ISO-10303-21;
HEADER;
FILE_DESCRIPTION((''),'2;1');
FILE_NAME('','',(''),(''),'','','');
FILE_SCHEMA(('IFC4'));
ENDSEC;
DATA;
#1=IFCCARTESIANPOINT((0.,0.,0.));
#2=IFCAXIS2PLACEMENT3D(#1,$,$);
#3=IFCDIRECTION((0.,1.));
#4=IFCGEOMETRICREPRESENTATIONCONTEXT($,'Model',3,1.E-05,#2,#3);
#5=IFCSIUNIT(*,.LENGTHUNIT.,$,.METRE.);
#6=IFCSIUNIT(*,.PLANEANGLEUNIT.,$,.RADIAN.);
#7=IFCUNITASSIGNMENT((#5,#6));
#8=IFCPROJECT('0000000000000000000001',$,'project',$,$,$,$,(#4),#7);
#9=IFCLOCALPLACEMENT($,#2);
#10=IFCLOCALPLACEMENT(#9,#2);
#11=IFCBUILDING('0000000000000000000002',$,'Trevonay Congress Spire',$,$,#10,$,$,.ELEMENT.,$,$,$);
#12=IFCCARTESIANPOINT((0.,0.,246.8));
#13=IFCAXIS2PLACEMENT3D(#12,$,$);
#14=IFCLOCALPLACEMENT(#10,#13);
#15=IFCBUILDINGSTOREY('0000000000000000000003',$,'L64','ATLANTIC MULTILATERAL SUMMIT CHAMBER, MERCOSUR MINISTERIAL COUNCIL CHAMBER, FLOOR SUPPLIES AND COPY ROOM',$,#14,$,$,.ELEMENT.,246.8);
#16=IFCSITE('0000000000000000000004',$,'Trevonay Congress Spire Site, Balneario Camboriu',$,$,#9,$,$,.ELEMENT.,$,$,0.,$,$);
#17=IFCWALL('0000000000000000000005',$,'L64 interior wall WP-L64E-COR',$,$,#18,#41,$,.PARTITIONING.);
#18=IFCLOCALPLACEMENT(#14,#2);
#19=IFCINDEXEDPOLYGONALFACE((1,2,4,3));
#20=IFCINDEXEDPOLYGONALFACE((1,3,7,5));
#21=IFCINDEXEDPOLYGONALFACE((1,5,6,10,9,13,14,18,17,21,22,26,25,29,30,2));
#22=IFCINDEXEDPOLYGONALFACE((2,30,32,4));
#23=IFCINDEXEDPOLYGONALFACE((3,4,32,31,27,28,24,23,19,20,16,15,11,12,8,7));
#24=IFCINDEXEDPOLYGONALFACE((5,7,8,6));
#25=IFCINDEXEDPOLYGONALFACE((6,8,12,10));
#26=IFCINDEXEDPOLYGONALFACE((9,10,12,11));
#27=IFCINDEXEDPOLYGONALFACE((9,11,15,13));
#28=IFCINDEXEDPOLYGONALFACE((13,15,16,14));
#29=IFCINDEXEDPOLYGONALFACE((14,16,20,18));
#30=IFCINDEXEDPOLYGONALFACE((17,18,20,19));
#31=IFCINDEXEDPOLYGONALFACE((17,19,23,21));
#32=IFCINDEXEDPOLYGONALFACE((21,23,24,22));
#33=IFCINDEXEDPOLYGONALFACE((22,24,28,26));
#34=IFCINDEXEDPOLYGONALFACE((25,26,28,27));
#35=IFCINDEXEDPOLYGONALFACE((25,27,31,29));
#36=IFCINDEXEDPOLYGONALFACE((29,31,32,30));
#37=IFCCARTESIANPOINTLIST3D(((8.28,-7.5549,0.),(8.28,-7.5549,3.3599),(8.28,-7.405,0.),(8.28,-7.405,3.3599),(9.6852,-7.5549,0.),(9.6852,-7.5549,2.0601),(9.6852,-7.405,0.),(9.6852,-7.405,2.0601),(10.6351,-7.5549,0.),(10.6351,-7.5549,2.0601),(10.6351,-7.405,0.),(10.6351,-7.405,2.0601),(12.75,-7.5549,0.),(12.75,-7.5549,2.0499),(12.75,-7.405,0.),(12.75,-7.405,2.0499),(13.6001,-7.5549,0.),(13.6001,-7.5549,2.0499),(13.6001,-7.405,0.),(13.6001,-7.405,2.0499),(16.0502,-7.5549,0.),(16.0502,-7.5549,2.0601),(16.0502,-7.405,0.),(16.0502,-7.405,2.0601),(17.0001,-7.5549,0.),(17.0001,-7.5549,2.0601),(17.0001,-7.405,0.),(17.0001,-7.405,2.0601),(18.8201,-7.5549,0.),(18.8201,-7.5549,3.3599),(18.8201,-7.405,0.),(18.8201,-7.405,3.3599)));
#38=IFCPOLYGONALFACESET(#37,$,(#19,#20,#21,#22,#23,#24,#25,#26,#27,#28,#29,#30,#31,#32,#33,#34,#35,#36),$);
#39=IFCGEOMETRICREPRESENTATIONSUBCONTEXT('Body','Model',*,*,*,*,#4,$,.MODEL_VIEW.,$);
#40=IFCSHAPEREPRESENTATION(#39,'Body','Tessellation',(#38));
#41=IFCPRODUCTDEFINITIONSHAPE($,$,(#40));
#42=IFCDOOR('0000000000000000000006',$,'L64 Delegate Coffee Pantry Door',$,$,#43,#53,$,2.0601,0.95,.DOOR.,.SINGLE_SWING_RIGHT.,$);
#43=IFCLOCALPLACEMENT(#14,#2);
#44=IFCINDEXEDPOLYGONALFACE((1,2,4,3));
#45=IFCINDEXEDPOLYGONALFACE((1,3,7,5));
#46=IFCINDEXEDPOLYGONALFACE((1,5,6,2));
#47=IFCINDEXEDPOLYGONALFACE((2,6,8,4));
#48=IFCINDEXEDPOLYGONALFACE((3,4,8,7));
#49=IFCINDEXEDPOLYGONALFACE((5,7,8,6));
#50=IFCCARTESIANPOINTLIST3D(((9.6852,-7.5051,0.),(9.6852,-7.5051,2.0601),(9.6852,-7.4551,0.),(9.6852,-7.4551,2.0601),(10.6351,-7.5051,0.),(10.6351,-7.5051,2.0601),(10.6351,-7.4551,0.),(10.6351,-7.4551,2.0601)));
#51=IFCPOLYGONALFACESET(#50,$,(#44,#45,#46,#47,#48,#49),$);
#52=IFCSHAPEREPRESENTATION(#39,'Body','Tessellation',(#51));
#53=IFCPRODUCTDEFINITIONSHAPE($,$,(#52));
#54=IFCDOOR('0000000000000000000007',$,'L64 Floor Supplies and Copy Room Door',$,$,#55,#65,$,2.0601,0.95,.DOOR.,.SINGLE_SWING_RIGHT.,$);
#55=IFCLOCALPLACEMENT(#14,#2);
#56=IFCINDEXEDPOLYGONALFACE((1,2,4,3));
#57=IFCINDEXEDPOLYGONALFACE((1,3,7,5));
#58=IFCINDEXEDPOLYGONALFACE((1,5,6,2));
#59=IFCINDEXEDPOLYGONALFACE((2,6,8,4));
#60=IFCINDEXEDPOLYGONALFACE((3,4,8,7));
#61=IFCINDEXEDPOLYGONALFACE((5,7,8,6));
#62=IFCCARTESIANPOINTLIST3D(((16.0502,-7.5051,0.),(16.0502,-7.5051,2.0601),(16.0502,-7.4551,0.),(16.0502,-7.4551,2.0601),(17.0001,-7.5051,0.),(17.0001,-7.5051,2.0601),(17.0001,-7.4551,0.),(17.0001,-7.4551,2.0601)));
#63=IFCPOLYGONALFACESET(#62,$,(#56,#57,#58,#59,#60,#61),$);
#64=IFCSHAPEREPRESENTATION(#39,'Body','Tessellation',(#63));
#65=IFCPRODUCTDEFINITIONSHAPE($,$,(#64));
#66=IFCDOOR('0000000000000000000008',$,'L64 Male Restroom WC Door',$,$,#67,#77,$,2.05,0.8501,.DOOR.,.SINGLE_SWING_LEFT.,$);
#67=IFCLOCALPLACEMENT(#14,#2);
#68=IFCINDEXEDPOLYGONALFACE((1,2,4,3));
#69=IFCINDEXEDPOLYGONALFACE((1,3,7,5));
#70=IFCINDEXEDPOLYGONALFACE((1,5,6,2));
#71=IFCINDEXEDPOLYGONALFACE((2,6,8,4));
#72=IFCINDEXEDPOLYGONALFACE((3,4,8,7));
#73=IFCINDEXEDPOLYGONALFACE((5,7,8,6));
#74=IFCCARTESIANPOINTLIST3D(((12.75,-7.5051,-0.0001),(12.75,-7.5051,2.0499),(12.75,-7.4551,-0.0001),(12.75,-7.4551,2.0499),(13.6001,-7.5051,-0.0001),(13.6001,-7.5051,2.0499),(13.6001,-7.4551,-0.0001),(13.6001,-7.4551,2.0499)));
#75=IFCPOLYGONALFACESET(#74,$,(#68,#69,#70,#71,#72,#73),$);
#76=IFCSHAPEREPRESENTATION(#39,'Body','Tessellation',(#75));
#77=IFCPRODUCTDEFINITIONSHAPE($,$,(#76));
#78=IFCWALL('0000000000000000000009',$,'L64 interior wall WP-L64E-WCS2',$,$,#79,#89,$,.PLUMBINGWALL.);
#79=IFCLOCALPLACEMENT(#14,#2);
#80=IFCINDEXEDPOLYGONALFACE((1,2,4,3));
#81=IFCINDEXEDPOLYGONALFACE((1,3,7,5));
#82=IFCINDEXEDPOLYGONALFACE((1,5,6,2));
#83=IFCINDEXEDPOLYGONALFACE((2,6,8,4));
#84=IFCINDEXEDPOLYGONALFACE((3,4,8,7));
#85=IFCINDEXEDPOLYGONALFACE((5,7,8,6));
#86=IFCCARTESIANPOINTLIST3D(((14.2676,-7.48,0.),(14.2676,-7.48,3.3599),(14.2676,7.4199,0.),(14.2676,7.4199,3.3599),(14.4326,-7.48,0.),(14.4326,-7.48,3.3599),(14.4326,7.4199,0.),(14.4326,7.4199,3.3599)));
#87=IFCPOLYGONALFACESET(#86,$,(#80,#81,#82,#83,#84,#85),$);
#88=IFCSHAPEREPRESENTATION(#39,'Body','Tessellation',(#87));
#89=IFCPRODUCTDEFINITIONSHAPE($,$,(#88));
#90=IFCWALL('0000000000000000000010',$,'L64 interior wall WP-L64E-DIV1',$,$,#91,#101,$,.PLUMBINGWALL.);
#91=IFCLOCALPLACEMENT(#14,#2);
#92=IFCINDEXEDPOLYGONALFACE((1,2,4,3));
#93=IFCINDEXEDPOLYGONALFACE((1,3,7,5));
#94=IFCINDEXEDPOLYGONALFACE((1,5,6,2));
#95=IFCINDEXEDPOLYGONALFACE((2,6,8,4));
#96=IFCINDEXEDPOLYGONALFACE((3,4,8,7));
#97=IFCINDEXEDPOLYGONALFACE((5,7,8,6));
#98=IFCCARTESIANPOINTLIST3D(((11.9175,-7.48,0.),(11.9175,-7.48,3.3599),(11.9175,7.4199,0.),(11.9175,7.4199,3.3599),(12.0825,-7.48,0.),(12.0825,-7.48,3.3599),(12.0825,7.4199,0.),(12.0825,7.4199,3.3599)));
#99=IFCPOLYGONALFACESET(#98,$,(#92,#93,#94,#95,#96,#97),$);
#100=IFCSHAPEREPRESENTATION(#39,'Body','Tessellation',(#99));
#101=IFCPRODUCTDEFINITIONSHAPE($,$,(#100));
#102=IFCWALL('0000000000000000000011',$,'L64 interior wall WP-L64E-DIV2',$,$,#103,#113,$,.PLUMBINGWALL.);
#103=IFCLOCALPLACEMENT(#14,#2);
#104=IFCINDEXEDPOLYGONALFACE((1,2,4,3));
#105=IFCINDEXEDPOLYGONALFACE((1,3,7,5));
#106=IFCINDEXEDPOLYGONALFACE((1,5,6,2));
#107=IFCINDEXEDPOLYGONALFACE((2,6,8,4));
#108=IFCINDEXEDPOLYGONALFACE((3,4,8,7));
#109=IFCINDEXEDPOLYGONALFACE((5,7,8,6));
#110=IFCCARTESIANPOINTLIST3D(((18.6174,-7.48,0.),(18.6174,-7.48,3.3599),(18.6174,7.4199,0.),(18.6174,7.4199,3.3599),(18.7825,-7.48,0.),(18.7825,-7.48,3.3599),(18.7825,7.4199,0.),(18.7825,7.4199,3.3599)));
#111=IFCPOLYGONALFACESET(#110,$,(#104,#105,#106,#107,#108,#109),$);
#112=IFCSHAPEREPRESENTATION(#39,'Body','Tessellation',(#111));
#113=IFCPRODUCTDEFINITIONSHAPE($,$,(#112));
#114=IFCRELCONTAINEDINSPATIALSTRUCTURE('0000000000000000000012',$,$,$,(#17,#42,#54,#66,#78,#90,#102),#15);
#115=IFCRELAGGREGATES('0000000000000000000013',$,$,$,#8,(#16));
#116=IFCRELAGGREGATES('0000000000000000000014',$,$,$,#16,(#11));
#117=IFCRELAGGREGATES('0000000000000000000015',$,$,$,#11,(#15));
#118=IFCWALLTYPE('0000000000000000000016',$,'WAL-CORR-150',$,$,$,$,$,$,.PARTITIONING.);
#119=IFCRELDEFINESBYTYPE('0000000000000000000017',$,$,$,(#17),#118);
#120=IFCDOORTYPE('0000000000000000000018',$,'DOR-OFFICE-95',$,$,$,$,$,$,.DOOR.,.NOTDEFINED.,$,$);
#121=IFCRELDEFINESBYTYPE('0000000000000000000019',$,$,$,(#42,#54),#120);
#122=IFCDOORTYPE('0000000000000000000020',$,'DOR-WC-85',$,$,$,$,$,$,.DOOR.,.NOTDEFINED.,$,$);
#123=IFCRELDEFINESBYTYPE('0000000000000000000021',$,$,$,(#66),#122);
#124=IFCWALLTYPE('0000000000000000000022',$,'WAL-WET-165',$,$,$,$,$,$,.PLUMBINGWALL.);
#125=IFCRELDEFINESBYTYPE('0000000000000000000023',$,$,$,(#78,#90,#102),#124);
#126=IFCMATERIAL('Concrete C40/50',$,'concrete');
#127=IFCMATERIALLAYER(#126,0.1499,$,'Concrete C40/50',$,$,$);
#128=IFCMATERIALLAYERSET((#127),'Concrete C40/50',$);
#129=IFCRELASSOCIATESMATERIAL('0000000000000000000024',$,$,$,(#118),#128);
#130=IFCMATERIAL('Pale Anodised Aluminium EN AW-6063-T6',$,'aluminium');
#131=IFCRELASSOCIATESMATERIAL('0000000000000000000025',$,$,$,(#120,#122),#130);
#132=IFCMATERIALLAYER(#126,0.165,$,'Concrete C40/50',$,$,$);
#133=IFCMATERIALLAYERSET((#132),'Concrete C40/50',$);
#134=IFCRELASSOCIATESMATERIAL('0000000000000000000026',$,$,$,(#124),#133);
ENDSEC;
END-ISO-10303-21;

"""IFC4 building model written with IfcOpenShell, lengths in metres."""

from ifc_helpers import new_model, si_unit, direction, frame, frame_2d, origin, place, context, subcontext, project, spatial, rectangle, extrude, material, layer, layer_set, type_object, element, fill, save


model = new_model("IFC4")

# Units and contexts
model_context = context("Model", 3, precision=1e-05, world=origin(), true_north=direction((0.0, 1.0)))
body_context = subcontext(model_context, "Body", "Model", "MODEL_VIEW")
ifc_project = project(units=[si_unit("LENGTHUNIT", "METRE"), si_unit("PLANEANGLEUNIT", "RADIAN")], contexts=[model_context])

# Site, building, storey
site_placement = place(None, origin())
site = spatial("IfcSite", under=ifc_project, at=site_placement, Name="Trevonay Congress Spire Site, Balneario Camboriu", CompositionType="ELEMENT", RefElevation=0.0)
building_placement = place(site_placement, origin())
building = spatial("IfcBuilding", under=site, at=building_placement, Name="Trevonay Congress Spire", CompositionType="ELEMENT")
storey_placement = place(building_placement, frame((0.0, 0.0, 246.8)))
storey = spatial("IfcBuildingStorey", under=building, at=storey_placement, Name="L64", Description="ATLANTIC MULTILATERAL SUMMIT CHAMBER, MERCOSUR MINISTERIAL COUNCIL CHAMBER, FLOOR SUPPLIES AND COPY ROOM", CompositionType="ELEMENT", Elevation=246.8)

# Shared definitions
ifc_material_1 = material(Name="Pale Anodised Aluminium EN AW-6063-T6", Category="aluminium")

# Shared definitions
ifc_material_2 = material(Name="Concrete C40/50", Category="concrete")
ifc_layer_1 = layer(ifc_material_2, 0.1499, Name="Concrete C40/50")
ifc_layer_set_1 = layer_set([ifc_layer_1], Name="Concrete C40/50")
wall_type_1 = type_object("IfcWallType", Name="WAL-CORR-150", PredefinedType="PARTITIONING", material=ifc_layer_set_1)

# Wall, openings, doors
wall_1_placement = place(storey_placement, frame((8.28, -7.48, 0.0), z_axis=(0.0, 0.0, 1.0), x_axis=(1.0, 0.0, 0.0)))
wall_1 = element("IfcWall", 1, at=wall_1_placement, inside=storey, type_object=wall_type_1, Name="L64 interior wall WP-L64E-COR", PredefinedType="PARTITIONING", context=body_context, shape_type="SweptSolid", body=[
    extrude(rectangle(XDim=10.54, YDim=0.1499, at=frame_2d((5.27, 0.0))), origin(), (0.0, 0.0, 1.0), 3.3599),
])
opening_1_placement = place(wall_1_placement, frame((1.405, 0.0, 0.0)))
opening_1 = element("IfcOpeningElement", 2, at=opening_1_placement, cuts=wall_1, PredefinedType="OPENING", context=body_context, shape_type="SweptSolid", body=[
    extrude(rectangle(XDim=0.95, YDim=2.0601, at=frame_2d((0.4751, 1.03))), frame((0.0, 0.085, 0.0), z_axis=(0.0, -1.0, 0.0), x_axis=(1.0, 0.0, 0.0)), (0.0, 0.0, 1.0), 0.1699),
])
opening_2_placement = place(wall_1_placement, frame((4.47, 0.0, 0.0)))
opening_2 = element("IfcOpeningElement", 3, at=opening_2_placement, cuts=wall_1, PredefinedType="OPENING", context=body_context, shape_type="SweptSolid", body=[
    extrude(rectangle(XDim=0.8501, YDim=2.05, at=frame_2d((0.425, 1.0249))), frame((0.0, 0.085, 0.0), z_axis=(0.0, -1.0, 0.0), x_axis=(1.0, 0.0, 0.0)), (0.0, 0.0, 1.0), 0.1699),
])
opening_3_placement = place(wall_1_placement, frame((7.77, 0.0, 0.0)))
opening_3 = element("IfcOpeningElement", 4, at=opening_3_placement, cuts=wall_1, PredefinedType="OPENING", context=body_context, shape_type="SweptSolid", body=[
    extrude(rectangle(XDim=0.95, YDim=2.0601, at=frame_2d((0.4751, 1.03))), frame((0.0, 0.085, 0.0), z_axis=(0.0, -1.0, 0.0), x_axis=(1.0, 0.0, 0.0)), (0.0, 0.0, 1.0), 0.1699),
])
door_type_1 = type_object("IfcDoorType", Name="DOR-OFFICE-95", OperationType="NOTDEFINED", PredefinedType="DOOR", material=ifc_material_1)
door_1_placement = place(opening_1_placement, origin())
door_1 = element("IfcDoor", 5, at=door_1_placement, inside=storey, type_object=door_type_1, Name="L64 Delegate Coffee Pantry Door", OperationType="SINGLE_SWING_RIGHT", OverallHeight=2.0601, OverallWidth=0.95, PredefinedType="DOOR", context=body_context, shape_type="SweptSolid", body=[
    extrude(rectangle(XDim=0.95, YDim=2.0601, at=frame_2d((0.4751, 1.03))), frame((0.0, 0.0249, 0.0), z_axis=(0.0, -1.0, 0.0), x_axis=(1.0, 0.0, 0.0)), (0.0, 0.0, 1.0), 0.05),
])
fill(opening_1, door_1)
door_2_placement = place(opening_3_placement, origin())
door_2 = element("IfcDoor", 6, at=door_2_placement, inside=storey, type_object=door_type_1, Name="L64 Floor Supplies and Copy Room Door", OperationType="SINGLE_SWING_RIGHT", OverallHeight=2.0601, OverallWidth=0.95, PredefinedType="DOOR", context=body_context, shape_type="SweptSolid", body=[
    extrude(rectangle(XDim=0.95, YDim=2.0601, at=frame_2d((0.4751, 1.03))), frame((0.0, 0.0249, 0.0), z_axis=(0.0, -1.0, 0.0), x_axis=(1.0, 0.0, 0.0)), (0.0, 0.0, 1.0), 0.05),
])
fill(opening_3, door_2)
door_type_2 = type_object("IfcDoorType", Name="DOR-WC-85", OperationType="NOTDEFINED", PredefinedType="DOOR", material=ifc_material_1)
door_3_placement = place(opening_2_placement, origin())
door_3 = element("IfcDoor", 7, at=door_3_placement, inside=storey, type_object=door_type_2, Name="L64 Male Restroom WC Door", OperationType="SINGLE_SWING_LEFT", OverallHeight=2.05, OverallWidth=0.8501, PredefinedType="DOOR", context=body_context, shape_type="SweptSolid", body=[
    extrude(rectangle(XDim=0.8501, YDim=2.05, at=frame_2d((0.425, 1.0249))), frame((0.0, 0.0249, 0.0), z_axis=(0.0, -1.0, 0.0), x_axis=(1.0, 0.0, 0.0)), (0.0, 0.0, 1.0), 0.05),
])
fill(opening_2, door_3)

# Walls
ifc_layer_2 = layer(ifc_material_2, 0.165, Name="Concrete C40/50")
ifc_layer_set_2 = layer_set([ifc_layer_2], Name="Concrete C40/50")
wall_type_2 = type_object("IfcWallType", Name="WAL-WET-165", PredefinedType="PLUMBINGWALL", material=ifc_layer_set_2)
for number, where, z_axis, x_axis, name in (
    (8, (14.3501, -7.48, 0.0), (0.0, 0.0, 1.0), (0.0, 1.0, 0.0), "L64 interior wall WP-L64E-WCS2"),
    (9, (12.0, -7.48, 0.0), (0.0, 0.0, 1.0), (0.0, 1.0, 0.0), "L64 interior wall WP-L64E-DIV1"),
    (10, (18.7, -7.48, 0.0), (0.0, 0.0, 1.0), (0.0, 1.0, 0.0), "L64 interior wall WP-L64E-DIV2"),
):
    element("IfcWall", number, at=place(storey_placement, frame(where, z_axis=z_axis, x_axis=x_axis)), inside=storey, type_object=wall_type_2, Name=name, PredefinedType="PLUMBINGWALL", context=body_context, shape_type="SweptSolid", body=[
        extrude(rectangle(XDim=14.8999, YDim=0.165, at=frame_2d((7.45, 0.0))), origin(), (0.0, 0.0, 1.0), 3.3599),
    ])

save(model, "model.ifc")
